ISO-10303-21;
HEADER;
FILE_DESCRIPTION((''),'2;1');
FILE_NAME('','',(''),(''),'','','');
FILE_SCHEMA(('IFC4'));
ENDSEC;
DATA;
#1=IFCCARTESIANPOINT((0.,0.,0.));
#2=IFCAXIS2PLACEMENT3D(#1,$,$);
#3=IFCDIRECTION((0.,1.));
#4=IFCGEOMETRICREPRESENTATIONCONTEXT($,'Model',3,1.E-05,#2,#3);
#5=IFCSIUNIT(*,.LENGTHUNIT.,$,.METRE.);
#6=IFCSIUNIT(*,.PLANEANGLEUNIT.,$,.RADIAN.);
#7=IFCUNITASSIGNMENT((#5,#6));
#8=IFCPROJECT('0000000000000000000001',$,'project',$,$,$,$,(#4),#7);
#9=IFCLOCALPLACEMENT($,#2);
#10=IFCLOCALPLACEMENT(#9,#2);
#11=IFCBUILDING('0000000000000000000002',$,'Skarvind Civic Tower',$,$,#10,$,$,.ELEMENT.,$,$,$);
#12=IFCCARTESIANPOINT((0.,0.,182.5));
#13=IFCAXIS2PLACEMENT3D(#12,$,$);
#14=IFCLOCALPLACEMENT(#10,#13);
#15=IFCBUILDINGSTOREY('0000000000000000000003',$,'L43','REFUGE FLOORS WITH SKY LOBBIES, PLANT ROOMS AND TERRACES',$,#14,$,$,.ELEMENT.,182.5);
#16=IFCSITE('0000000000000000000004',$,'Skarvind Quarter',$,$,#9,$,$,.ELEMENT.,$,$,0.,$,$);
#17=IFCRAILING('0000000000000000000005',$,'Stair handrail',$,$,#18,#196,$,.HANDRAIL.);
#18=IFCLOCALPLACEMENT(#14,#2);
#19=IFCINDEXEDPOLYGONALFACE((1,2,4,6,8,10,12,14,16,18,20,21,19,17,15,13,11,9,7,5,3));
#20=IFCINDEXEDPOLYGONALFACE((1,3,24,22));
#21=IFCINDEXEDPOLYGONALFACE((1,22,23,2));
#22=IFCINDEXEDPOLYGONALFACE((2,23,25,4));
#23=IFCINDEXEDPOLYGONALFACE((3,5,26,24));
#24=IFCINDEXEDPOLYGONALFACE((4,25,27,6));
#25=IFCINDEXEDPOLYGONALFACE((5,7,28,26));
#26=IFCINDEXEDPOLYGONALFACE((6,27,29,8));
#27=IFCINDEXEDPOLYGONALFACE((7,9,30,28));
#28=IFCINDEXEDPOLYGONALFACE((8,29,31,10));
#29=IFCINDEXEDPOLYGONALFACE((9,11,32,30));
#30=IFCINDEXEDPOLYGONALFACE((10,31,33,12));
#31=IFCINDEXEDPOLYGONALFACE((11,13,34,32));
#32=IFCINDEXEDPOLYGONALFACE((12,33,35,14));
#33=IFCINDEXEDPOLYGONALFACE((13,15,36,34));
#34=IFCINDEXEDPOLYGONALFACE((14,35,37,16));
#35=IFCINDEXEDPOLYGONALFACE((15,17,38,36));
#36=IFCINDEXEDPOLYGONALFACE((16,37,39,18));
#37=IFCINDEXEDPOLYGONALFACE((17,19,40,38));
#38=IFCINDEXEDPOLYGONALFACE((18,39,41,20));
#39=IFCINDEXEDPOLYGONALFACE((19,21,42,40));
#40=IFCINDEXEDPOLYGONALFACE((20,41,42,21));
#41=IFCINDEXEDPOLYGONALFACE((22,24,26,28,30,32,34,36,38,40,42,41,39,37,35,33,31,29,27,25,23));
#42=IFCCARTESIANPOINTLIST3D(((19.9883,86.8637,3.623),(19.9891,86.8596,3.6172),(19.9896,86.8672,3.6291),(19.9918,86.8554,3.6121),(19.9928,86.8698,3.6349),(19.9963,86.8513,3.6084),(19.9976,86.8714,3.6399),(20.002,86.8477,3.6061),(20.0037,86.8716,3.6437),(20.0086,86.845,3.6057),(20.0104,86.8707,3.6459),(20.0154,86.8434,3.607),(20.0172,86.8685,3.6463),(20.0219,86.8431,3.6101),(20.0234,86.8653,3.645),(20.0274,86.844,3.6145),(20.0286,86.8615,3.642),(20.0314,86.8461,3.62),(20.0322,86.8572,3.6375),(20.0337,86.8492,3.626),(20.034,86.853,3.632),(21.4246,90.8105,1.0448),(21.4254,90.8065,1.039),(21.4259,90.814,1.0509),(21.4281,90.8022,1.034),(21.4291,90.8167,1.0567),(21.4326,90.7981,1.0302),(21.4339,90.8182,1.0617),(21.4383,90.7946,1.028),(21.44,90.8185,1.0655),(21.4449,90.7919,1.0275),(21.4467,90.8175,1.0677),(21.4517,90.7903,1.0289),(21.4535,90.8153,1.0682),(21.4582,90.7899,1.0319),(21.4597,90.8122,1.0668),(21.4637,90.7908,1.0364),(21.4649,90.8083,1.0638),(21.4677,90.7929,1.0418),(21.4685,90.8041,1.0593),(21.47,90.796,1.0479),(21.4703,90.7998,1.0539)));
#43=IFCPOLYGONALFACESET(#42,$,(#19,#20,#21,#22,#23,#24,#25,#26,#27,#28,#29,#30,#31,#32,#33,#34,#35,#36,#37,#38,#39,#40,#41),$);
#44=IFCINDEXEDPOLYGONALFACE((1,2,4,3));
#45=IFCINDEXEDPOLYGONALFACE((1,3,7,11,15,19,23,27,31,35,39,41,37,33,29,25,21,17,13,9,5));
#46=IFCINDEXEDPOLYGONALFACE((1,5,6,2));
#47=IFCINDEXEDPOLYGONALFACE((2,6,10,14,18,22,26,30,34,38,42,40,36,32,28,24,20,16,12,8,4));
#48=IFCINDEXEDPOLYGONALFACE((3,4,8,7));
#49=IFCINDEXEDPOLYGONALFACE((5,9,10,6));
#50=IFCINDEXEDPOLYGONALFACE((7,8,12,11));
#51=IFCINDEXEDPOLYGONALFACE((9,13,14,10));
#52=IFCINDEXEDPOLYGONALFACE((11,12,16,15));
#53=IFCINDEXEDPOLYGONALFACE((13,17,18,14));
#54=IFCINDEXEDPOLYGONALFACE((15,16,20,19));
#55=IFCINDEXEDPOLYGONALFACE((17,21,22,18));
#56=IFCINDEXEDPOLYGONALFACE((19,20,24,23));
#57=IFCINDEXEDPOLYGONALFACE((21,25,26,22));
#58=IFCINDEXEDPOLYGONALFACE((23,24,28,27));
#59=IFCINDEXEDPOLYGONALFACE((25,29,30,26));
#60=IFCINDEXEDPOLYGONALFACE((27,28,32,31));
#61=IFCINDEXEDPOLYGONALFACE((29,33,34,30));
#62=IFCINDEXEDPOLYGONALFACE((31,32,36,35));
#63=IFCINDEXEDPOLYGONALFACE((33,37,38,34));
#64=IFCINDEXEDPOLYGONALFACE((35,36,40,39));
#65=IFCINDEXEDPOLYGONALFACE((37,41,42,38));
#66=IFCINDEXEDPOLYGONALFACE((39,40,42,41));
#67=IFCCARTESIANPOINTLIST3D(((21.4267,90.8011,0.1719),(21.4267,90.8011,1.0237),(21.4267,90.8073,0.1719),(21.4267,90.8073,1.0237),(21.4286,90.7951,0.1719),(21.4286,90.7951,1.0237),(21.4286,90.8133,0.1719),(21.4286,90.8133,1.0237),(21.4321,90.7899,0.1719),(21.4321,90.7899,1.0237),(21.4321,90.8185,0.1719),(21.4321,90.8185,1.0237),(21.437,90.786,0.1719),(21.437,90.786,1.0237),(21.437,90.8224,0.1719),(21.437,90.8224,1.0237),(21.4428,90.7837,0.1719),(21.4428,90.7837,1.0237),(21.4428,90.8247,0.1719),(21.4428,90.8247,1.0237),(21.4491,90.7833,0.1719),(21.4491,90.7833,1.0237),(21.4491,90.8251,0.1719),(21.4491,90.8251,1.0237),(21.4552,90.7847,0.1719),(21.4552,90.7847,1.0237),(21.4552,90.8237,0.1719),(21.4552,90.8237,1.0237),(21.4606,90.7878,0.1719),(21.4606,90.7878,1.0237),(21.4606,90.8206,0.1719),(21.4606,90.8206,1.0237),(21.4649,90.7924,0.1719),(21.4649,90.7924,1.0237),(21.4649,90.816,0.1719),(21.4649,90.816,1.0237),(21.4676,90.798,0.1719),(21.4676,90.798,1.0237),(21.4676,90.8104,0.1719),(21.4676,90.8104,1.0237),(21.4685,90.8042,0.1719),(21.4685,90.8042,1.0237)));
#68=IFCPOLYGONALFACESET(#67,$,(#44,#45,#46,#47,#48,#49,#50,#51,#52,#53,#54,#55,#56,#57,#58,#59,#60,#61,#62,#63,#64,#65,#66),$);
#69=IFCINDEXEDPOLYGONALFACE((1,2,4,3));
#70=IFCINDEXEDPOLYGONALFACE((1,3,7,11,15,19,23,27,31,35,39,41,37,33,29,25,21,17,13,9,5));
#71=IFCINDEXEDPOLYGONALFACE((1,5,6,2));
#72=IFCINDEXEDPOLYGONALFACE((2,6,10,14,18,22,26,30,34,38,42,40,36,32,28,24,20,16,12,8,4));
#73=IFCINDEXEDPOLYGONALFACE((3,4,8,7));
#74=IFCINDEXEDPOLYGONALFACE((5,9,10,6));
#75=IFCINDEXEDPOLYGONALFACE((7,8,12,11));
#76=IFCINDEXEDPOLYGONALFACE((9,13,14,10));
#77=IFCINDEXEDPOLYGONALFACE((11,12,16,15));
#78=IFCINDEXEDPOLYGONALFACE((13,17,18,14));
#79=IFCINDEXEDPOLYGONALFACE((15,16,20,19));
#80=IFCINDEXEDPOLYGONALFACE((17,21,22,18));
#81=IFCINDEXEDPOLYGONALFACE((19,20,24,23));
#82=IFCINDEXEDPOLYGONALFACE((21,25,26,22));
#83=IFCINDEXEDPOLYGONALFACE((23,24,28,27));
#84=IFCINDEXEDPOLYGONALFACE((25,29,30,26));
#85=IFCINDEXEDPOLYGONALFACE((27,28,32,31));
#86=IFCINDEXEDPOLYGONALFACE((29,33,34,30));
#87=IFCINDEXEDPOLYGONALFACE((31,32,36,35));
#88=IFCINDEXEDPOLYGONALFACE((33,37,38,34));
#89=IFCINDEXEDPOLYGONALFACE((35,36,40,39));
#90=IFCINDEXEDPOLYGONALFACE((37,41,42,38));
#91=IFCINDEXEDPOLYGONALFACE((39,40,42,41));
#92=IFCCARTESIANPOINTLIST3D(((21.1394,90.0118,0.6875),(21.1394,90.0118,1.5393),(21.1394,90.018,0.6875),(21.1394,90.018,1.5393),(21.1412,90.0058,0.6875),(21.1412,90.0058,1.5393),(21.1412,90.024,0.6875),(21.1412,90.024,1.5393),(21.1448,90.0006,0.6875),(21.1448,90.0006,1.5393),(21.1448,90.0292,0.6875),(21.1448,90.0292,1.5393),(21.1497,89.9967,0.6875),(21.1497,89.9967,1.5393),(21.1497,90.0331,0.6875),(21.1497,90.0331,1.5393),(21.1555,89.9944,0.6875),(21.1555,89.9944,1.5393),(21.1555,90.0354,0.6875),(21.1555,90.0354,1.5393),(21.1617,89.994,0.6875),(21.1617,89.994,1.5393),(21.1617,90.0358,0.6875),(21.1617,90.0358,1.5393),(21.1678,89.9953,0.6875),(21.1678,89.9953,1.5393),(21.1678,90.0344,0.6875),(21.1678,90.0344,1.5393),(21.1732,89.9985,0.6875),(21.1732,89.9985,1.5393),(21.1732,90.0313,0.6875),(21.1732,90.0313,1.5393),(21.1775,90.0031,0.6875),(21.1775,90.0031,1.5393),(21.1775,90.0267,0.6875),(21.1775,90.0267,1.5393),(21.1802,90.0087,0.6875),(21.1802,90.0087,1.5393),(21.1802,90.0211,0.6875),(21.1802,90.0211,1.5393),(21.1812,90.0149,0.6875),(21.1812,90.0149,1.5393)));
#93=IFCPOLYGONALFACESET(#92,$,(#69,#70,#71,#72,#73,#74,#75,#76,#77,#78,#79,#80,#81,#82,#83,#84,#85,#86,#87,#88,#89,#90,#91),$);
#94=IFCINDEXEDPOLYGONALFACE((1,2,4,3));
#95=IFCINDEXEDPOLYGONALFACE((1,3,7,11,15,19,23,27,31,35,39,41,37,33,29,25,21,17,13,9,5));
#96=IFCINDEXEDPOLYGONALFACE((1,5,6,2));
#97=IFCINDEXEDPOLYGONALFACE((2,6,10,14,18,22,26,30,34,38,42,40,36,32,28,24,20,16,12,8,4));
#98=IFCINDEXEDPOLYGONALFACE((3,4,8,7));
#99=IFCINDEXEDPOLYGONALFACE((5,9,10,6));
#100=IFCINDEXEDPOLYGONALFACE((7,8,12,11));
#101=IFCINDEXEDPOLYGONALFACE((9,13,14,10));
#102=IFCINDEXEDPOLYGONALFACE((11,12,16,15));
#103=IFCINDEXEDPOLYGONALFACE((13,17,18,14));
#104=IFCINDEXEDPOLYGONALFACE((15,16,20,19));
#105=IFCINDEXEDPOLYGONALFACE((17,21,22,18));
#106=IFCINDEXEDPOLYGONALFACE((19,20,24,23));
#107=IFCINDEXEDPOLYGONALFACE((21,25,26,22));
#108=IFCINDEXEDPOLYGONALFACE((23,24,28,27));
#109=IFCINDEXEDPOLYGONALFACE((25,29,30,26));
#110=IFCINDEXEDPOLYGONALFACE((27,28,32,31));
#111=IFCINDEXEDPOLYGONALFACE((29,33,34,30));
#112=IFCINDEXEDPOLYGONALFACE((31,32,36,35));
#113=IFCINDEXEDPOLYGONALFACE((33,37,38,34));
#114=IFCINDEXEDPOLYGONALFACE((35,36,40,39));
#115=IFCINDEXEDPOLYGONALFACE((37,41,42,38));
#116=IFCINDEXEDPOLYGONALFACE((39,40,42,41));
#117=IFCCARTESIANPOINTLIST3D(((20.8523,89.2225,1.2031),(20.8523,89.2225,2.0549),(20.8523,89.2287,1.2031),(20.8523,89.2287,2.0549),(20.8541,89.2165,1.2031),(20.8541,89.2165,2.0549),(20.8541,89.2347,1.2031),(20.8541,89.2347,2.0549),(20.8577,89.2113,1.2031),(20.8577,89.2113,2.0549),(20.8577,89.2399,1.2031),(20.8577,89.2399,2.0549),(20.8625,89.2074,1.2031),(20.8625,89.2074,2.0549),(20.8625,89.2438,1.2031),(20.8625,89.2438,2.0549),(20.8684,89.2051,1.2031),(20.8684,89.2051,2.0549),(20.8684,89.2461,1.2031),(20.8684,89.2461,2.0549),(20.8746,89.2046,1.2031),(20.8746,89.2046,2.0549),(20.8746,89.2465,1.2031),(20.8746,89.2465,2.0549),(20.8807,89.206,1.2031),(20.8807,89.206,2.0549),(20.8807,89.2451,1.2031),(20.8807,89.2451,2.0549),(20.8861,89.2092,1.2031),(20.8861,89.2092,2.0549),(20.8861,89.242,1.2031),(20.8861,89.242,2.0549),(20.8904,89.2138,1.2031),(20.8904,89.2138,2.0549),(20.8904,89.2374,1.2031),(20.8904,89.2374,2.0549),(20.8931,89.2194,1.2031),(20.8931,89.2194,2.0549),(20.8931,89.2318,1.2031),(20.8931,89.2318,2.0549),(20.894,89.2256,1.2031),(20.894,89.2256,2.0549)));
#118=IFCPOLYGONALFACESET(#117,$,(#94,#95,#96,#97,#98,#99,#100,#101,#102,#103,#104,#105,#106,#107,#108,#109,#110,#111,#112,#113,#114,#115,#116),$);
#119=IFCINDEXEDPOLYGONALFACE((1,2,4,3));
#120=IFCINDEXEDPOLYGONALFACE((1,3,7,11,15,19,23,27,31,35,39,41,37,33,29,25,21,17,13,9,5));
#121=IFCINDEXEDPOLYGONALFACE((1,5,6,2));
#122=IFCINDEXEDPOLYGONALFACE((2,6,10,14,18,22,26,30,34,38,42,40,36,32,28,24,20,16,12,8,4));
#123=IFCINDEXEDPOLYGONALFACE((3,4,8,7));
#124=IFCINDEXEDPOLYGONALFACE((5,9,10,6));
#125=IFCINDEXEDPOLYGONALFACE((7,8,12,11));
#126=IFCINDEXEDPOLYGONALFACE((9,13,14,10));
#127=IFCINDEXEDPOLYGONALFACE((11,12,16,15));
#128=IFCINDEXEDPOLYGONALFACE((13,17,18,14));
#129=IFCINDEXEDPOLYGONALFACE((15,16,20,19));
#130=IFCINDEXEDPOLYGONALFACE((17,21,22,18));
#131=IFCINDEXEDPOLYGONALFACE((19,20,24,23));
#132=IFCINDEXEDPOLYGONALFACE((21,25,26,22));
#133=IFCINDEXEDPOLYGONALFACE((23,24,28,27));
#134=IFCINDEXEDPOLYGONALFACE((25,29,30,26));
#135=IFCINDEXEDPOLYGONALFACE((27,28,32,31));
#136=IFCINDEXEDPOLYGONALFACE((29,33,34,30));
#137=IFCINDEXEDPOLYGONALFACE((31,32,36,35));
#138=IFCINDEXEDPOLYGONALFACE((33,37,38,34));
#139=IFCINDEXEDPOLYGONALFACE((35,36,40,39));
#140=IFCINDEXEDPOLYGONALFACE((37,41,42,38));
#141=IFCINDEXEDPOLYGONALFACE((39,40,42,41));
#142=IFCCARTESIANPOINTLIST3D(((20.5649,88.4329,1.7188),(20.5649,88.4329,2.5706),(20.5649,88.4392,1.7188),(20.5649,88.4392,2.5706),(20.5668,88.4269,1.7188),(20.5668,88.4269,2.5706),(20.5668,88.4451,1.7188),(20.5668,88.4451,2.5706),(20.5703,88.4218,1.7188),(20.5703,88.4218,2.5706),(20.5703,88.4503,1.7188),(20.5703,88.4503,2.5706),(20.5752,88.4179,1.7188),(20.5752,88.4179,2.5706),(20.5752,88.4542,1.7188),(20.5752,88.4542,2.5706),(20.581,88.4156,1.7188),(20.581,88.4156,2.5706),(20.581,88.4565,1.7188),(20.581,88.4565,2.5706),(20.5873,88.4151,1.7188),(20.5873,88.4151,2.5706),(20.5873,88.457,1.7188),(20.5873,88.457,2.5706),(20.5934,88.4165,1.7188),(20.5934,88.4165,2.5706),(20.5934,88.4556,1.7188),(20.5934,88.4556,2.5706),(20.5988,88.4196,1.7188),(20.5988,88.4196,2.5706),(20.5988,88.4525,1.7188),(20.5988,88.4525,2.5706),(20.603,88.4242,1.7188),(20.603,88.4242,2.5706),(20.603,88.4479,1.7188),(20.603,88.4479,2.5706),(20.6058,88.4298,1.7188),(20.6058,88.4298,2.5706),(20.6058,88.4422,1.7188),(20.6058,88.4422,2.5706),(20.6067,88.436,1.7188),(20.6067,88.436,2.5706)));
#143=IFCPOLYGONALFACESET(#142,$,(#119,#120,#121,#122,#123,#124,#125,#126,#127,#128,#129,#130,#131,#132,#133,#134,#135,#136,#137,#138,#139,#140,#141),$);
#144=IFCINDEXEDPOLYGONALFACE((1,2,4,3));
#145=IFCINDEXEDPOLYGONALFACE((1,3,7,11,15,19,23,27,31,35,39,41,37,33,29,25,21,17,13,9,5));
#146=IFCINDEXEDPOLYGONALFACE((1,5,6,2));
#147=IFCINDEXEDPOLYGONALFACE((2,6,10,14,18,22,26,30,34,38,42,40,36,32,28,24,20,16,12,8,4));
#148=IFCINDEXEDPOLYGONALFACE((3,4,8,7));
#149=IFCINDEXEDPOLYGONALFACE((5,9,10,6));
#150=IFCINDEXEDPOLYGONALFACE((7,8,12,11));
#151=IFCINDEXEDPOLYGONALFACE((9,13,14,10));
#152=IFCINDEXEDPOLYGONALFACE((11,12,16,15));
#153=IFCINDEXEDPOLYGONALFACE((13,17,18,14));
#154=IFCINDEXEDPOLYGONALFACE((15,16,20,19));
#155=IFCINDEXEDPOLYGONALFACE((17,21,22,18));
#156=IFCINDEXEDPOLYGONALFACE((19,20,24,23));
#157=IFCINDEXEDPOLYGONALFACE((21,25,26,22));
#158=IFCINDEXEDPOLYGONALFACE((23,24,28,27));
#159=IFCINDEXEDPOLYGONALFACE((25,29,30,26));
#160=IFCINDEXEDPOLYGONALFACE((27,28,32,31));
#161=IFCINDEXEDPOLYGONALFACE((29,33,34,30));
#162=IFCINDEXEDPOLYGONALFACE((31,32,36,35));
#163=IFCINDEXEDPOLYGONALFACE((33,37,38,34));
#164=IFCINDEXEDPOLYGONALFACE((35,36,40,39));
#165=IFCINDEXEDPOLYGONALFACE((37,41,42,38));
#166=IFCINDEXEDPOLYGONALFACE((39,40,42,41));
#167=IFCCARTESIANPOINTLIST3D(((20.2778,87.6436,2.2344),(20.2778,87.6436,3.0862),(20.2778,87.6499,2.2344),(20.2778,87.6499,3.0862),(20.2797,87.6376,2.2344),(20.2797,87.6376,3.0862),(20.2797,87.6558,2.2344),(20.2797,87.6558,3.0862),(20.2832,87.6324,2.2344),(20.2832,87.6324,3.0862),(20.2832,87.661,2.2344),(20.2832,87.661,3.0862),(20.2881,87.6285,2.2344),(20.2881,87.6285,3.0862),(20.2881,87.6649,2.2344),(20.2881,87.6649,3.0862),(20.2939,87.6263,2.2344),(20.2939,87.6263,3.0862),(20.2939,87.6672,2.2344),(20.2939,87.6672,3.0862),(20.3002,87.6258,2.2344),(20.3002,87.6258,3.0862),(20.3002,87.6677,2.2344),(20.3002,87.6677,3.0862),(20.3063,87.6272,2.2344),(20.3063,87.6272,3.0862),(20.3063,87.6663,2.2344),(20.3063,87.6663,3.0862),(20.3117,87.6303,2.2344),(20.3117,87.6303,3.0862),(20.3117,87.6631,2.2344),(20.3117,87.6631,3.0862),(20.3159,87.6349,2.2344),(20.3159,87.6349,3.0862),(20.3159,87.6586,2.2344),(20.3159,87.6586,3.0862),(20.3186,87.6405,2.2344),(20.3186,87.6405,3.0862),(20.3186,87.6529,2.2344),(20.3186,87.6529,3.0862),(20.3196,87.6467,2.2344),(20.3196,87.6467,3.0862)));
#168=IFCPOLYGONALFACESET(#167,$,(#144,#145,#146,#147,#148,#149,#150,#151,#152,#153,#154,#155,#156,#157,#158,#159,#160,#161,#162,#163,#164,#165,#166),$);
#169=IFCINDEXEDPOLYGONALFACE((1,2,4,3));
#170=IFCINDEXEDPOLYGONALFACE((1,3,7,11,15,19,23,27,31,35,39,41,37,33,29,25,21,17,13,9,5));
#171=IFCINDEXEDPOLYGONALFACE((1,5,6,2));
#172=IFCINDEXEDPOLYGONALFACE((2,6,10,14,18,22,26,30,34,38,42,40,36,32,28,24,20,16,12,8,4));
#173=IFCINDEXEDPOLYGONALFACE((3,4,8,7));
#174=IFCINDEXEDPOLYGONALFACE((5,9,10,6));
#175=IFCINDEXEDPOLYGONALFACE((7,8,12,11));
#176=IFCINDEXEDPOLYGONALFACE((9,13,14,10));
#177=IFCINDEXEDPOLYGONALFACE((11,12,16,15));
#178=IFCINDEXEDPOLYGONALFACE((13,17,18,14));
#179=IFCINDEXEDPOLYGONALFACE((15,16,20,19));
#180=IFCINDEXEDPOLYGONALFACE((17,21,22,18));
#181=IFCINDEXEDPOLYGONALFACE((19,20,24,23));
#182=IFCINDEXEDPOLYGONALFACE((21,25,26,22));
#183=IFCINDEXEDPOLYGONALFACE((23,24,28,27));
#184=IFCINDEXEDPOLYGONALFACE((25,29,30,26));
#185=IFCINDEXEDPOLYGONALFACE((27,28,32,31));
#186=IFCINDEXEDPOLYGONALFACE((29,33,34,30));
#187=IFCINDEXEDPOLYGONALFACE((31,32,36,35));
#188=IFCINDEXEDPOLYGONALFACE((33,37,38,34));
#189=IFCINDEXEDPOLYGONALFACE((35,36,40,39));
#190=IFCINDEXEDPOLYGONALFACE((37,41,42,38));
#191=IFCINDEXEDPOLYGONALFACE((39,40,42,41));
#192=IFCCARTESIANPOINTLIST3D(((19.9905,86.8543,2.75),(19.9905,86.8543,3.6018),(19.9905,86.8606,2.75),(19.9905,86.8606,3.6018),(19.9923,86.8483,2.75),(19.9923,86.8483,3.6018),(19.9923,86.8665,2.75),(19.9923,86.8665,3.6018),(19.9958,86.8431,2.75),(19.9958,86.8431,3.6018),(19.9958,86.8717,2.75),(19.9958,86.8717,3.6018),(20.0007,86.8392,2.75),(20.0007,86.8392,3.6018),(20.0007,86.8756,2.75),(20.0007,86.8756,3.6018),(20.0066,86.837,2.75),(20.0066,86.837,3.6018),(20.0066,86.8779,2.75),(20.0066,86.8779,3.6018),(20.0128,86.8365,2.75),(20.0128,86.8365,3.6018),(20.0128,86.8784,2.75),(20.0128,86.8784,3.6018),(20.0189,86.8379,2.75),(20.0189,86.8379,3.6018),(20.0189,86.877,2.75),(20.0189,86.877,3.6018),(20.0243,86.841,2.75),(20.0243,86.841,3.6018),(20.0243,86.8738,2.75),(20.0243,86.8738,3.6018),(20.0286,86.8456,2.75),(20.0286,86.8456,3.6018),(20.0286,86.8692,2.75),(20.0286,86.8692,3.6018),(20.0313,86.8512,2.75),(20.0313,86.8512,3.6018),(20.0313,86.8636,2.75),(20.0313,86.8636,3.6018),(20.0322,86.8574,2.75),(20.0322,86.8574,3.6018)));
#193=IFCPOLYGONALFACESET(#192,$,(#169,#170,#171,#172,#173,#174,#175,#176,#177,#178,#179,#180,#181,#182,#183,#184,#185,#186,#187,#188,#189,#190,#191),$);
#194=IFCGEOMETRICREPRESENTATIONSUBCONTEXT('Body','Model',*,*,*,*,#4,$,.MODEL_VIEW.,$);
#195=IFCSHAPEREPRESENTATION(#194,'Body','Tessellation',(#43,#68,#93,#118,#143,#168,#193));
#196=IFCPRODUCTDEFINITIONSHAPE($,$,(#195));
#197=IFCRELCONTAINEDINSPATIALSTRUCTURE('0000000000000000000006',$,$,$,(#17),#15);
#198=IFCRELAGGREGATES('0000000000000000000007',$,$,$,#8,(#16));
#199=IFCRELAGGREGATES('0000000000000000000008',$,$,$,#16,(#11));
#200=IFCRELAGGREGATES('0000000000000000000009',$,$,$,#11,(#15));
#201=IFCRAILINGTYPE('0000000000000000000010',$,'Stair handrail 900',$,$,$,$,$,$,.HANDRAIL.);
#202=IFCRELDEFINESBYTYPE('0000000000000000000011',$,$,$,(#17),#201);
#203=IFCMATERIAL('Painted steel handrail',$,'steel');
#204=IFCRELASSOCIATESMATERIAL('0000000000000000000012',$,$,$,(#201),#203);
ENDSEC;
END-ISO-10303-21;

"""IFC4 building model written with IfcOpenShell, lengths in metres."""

from ifc_helpers import new_model, si_unit, direction, frame, origin, origin_2d, place, context, subcontext, project, spatial, circle, extrude, material, type_object, element, save


model = new_model("IFC4")

# Units and contexts
model_context = context("Model", 3, precision=1e-05, world=origin(), true_north=direction((0.0, 1.0)))
body_context = subcontext(model_context, "Body", "Model", "MODEL_VIEW")
ifc_project = project(units=[si_unit("LENGTHUNIT", "METRE"), si_unit("PLANEANGLEUNIT", "RADIAN")], contexts=[model_context])

# Site, building, storey
site_placement = place(None, origin())
site = spatial("IfcSite", under=ifc_project, at=site_placement, Name="Skarvind Quarter", CompositionType="ELEMENT", RefElevation=0.0)
building_placement = place(site_placement, origin())
building = spatial("IfcBuilding", under=site, at=building_placement, Name="Skarvind Civic Tower", CompositionType="ELEMENT")
storey_placement = place(building_placement, frame((0.0, 0.0, 182.5)))
storey = spatial("IfcBuildingStorey", under=building, at=storey_placement, Name="L43", Description="REFUGE FLOORS WITH SKY LOBBIES, PLANT ROOMS AND TERRACES", CompositionType="ELEMENT", Elevation=182.5)

# Railing
ifc_material_1 = material(Name="Painted steel handrail", Category="steel")
railing_type_1 = type_object("IfcRailingType", Name="Stair handrail 900", PredefinedType="HANDRAIL", material=ifc_material_1)
railing_1_placement = place(storey_placement, frame((21.4475, 90.8042, 0.1719)))
element("IfcRailing", 1, at=railing_1_placement, inside=storey, type_object=railing_type_1, Name="Stair handrail", PredefinedType="HANDRAIL", context=body_context, shape_type="SweptSolid", body=[
    extrude(circle(Radius=0.0239, at=origin_2d()), frame((0.0, 0.0, 0.876), z_axis=(-0.291444, -0.800864, 0.523142), x_axis=(0.93971, -0.341972, 0.0)), (0.0, 0.0, 1.0), 4.9282),
    extrude(circle(Radius=0.021, at=origin_2d()), origin(), (0.0, 0.0, 1.0), 0.8518),
    extrude(circle(Radius=0.021, at=origin_2d()), frame((-0.2874, -0.7893, 0.5156)), (0.0, 0.0, 1.0), 0.8518),
    extrude(circle(Radius=0.021, at=origin_2d()), frame((-0.5745, -1.5786, 1.0312)), (0.0, 0.0, 1.0), 0.8518),
    extrude(circle(Radius=0.021, at=origin_2d()), frame((-0.8618, -2.3682, 1.5469)), (0.0, 0.0, 1.0), 0.8518),
    extrude(circle(Radius=0.021, at=origin_2d()), frame((-1.1489, -3.1575, 2.0625)), (0.0, 0.0, 1.0), 0.8518),
    extrude(circle(Radius=0.021, at=origin_2d()), frame((-1.4363, -3.9468, 2.5781)), (0.0, 0.0, 1.0), 0.8518),
])

save(model, "model.ifc")
